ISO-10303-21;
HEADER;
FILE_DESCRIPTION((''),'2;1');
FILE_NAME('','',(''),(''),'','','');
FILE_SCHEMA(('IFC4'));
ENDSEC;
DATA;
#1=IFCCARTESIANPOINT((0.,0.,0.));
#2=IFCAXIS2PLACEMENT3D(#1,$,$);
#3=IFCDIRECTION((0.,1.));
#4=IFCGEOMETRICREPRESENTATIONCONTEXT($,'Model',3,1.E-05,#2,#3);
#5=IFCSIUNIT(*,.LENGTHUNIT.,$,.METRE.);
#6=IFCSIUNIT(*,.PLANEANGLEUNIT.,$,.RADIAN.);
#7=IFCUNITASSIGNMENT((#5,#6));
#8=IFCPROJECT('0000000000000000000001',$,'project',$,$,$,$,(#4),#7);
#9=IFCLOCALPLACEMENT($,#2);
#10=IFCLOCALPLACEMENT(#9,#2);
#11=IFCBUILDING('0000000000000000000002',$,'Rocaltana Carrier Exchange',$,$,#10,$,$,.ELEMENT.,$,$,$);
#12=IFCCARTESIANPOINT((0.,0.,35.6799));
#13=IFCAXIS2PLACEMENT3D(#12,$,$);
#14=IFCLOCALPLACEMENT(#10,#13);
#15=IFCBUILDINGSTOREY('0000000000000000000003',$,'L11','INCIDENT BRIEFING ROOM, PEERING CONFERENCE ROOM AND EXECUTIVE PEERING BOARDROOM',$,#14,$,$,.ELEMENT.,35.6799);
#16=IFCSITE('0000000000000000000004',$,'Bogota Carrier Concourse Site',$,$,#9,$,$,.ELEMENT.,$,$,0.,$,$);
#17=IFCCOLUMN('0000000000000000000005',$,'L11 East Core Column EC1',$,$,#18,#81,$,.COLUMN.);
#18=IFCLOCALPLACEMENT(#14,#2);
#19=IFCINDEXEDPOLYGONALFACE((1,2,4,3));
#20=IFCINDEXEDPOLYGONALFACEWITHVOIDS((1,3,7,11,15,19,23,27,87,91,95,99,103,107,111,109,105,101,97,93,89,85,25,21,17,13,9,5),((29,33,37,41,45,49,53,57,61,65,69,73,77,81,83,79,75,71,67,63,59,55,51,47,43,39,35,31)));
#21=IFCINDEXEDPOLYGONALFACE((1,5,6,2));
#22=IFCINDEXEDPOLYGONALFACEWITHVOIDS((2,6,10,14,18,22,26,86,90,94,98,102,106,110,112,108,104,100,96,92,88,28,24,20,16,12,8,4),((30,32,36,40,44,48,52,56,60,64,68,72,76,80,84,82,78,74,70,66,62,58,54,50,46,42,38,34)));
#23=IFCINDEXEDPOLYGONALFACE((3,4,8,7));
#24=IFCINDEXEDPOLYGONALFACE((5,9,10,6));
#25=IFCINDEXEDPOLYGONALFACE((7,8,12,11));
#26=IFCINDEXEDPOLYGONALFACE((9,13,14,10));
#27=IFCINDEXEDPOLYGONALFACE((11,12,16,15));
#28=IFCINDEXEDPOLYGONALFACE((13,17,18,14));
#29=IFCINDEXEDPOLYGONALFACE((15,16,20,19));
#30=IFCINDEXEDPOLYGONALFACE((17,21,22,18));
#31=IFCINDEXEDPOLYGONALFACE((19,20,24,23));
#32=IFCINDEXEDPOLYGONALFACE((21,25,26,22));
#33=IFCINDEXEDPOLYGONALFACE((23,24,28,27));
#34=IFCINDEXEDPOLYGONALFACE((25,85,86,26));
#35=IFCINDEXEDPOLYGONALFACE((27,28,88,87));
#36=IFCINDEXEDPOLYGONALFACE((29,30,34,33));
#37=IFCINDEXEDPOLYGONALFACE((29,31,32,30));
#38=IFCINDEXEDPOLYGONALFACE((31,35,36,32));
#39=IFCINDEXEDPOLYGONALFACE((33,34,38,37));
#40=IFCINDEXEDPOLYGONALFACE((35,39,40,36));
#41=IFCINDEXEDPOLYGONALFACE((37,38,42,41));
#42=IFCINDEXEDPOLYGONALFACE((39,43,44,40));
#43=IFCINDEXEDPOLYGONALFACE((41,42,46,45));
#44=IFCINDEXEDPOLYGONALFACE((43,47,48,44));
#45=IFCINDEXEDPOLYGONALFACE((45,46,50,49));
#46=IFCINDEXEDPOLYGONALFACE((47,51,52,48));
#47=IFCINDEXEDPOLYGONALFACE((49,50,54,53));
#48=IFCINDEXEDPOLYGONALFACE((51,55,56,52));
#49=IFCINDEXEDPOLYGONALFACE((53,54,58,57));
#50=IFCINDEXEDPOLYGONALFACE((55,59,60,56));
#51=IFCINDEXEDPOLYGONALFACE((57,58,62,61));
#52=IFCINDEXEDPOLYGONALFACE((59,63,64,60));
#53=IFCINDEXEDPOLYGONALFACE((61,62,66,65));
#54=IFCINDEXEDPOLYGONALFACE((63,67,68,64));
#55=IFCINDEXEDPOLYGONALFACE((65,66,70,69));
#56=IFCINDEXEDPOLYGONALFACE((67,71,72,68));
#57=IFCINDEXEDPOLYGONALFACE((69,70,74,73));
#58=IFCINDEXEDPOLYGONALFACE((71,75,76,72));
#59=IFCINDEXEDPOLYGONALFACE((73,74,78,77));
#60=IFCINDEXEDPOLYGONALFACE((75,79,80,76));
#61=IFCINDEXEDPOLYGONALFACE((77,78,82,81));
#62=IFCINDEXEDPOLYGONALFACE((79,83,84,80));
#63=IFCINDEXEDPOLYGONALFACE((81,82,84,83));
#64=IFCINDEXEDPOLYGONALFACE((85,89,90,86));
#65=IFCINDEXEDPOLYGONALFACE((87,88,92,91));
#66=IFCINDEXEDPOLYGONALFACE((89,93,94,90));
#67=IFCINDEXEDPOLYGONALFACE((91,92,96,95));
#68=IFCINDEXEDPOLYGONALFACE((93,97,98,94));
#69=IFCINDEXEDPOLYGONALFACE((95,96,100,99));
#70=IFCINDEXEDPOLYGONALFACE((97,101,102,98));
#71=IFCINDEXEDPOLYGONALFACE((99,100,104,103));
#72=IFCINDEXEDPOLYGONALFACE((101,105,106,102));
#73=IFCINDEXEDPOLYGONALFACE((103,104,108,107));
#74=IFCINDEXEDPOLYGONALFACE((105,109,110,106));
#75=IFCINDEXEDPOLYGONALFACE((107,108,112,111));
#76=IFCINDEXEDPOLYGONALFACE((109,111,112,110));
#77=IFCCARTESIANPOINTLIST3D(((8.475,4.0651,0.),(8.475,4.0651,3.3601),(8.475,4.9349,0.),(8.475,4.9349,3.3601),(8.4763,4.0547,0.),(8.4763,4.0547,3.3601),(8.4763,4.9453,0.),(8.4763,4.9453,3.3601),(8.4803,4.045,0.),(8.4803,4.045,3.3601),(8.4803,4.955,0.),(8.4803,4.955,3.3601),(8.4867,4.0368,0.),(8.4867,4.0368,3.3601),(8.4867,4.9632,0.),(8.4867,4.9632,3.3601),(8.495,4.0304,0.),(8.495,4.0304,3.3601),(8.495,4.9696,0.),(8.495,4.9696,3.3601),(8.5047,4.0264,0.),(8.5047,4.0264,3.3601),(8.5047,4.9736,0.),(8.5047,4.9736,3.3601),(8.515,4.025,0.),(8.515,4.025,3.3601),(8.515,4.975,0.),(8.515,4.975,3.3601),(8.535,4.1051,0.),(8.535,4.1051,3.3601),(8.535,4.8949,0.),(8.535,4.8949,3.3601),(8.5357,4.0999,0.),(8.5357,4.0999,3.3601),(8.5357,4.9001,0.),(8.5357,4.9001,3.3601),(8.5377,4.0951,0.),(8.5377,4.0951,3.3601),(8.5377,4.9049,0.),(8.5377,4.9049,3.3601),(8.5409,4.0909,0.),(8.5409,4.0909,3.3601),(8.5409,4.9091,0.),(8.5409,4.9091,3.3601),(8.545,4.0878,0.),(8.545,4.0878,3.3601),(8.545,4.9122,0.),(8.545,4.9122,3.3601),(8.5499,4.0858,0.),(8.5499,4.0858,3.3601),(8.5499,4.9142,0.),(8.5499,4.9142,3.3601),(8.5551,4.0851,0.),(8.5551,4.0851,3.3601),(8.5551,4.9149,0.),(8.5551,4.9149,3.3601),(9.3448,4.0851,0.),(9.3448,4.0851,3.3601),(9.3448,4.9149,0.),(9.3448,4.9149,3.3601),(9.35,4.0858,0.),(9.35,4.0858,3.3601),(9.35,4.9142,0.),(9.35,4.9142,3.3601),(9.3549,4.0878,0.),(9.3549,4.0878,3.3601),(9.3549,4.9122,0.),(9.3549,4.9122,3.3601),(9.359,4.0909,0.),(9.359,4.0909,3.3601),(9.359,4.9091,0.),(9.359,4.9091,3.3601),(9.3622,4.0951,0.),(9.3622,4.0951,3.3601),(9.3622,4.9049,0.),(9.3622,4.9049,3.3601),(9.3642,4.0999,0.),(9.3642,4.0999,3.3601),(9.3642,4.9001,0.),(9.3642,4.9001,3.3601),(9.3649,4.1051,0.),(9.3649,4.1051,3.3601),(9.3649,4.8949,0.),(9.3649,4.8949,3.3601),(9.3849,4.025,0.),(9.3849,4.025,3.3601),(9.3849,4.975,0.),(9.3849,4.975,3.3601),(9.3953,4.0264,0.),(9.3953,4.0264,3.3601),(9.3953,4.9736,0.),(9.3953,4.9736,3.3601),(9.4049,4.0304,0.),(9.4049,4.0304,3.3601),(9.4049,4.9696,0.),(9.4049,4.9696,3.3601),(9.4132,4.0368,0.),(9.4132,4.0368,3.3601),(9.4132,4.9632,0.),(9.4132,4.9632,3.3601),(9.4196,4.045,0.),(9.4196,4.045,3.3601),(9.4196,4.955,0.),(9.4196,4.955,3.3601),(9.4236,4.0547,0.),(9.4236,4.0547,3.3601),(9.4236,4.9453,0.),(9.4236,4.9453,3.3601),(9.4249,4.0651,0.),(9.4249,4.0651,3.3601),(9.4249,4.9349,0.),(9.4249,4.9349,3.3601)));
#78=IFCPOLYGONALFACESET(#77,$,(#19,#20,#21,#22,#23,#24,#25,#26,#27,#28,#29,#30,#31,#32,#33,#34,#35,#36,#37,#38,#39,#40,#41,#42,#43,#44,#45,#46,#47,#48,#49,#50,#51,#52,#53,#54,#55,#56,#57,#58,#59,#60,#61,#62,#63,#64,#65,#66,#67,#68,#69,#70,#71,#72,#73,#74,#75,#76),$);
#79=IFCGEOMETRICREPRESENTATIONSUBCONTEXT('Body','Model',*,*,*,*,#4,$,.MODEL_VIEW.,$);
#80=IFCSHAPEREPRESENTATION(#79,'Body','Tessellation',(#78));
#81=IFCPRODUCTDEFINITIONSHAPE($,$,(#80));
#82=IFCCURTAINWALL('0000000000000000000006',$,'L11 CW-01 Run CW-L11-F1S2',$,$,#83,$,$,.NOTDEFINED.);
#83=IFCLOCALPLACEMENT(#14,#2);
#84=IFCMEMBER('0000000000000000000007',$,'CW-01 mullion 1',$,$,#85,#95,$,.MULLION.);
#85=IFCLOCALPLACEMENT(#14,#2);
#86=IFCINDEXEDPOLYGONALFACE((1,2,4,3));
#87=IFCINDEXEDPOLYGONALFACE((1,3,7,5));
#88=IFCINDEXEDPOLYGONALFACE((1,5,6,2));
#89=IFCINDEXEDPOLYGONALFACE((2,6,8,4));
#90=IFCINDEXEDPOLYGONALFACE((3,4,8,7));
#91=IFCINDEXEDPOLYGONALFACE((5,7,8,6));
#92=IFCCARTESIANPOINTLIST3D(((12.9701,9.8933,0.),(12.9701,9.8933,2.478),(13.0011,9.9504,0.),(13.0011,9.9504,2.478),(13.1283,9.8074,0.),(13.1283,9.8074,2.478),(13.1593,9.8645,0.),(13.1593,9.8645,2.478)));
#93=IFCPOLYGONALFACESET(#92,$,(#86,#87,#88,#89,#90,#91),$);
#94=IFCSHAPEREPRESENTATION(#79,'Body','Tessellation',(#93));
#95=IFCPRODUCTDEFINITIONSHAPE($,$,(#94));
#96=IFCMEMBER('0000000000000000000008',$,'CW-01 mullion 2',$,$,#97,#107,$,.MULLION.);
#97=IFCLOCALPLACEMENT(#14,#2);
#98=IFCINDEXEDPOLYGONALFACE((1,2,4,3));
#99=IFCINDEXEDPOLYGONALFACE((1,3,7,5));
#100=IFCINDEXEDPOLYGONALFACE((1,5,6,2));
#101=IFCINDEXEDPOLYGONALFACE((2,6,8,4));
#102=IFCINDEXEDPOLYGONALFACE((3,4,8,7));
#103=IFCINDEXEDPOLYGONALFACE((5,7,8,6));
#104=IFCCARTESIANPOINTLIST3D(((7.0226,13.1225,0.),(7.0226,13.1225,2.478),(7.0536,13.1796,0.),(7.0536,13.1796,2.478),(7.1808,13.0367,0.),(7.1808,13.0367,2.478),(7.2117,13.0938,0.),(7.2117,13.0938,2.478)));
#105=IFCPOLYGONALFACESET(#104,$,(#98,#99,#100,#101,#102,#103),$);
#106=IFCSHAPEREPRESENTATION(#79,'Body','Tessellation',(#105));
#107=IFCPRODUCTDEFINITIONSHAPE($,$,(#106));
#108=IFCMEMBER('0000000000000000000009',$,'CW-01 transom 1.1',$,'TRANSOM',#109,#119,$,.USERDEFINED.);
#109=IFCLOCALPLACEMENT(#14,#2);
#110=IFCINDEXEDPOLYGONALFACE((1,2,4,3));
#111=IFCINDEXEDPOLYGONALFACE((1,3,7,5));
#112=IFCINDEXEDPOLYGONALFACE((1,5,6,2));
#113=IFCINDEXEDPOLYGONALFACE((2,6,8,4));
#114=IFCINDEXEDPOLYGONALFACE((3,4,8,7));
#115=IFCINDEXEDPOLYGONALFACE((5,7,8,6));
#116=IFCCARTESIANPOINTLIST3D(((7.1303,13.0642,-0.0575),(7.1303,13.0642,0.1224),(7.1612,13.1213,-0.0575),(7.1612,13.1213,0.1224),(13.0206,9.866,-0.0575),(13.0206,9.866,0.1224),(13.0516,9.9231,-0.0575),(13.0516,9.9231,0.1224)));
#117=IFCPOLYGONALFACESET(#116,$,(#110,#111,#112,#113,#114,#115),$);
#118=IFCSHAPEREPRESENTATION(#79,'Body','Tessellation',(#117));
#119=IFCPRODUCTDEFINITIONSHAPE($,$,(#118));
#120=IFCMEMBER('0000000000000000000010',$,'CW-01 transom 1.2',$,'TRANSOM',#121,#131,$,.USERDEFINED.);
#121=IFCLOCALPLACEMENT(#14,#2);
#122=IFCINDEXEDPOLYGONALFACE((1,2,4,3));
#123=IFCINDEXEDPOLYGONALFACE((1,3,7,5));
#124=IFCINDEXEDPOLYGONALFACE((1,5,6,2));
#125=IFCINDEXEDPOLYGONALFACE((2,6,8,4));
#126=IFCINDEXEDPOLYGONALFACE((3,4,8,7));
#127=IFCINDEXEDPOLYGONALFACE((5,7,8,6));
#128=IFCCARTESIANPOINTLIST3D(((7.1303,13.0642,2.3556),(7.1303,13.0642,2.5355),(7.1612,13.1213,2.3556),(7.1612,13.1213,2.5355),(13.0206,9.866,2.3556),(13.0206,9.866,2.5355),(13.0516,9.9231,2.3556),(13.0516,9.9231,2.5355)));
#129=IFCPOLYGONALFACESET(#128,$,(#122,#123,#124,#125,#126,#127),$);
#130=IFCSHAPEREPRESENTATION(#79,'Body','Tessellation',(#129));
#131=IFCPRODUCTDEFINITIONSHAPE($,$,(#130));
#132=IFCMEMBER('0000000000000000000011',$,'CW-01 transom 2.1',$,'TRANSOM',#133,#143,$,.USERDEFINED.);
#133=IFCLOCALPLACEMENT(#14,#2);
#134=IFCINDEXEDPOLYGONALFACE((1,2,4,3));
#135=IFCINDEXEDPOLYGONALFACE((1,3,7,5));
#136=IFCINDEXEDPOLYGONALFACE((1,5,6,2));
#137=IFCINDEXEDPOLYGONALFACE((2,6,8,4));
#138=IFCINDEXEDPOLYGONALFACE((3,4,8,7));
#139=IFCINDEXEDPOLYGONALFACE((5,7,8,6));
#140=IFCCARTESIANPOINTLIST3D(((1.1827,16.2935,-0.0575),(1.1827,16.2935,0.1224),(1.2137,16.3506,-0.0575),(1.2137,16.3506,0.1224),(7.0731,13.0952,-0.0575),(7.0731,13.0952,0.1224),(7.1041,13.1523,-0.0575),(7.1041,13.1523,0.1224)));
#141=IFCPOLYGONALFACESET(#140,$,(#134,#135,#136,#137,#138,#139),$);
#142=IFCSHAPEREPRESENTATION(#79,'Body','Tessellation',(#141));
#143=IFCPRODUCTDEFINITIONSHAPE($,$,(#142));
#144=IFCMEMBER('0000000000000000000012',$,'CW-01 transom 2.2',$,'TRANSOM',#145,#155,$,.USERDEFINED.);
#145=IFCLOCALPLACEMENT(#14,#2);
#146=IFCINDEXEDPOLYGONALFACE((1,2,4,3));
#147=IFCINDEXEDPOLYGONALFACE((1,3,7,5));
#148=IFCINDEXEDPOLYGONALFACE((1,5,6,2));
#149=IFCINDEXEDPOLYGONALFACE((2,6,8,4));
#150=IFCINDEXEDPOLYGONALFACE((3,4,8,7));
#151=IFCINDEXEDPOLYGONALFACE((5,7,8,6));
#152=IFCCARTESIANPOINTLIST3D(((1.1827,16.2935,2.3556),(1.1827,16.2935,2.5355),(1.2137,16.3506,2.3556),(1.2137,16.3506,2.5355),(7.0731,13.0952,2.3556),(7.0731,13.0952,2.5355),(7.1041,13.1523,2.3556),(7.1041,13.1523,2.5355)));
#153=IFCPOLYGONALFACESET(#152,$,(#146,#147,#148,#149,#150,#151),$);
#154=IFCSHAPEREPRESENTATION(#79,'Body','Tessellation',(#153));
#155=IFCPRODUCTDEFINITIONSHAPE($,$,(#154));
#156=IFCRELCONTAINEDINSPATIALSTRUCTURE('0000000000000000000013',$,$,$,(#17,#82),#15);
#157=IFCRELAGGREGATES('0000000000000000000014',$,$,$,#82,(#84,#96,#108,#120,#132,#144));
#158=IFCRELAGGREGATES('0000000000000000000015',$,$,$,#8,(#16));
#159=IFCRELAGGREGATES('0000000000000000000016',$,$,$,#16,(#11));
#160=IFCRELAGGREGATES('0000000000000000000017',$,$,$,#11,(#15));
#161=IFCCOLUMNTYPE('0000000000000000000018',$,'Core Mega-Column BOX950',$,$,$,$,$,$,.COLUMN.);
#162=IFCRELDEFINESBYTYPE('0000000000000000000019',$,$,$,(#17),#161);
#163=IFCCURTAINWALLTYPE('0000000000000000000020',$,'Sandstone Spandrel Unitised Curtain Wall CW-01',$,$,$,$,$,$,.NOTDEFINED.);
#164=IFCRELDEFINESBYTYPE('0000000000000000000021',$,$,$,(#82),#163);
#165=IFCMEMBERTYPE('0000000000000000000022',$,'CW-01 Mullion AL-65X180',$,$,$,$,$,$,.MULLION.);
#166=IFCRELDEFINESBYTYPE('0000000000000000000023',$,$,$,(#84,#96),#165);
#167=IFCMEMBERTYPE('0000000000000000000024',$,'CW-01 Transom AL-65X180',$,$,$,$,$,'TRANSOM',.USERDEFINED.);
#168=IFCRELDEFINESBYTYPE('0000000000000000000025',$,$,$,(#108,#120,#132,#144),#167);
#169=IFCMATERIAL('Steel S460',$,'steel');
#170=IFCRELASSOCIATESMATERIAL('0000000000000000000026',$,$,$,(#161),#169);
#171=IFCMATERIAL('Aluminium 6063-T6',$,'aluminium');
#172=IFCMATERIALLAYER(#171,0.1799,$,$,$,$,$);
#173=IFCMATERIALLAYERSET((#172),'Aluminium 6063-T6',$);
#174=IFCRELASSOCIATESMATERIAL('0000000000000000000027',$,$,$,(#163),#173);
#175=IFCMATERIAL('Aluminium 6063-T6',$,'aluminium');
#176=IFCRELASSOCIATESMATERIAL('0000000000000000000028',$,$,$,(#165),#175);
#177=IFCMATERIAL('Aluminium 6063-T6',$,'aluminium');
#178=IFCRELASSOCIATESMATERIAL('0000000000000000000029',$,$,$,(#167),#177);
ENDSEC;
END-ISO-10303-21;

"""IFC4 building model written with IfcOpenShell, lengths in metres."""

from ifc_helpers import new_model, si_unit, direction, frame, origin, origin_2d, place, context, subcontext, project, spatial, rectangle, hollow_rectangle, extrude, material, layer, layer_set, material_profile, profile_set, type_object, element, aggregate, save


model = new_model("IFC4")

# Units and contexts
model_context = context("Model", 3, precision=1e-05, world=origin(), true_north=direction((0.0, 1.0)))
body_context = subcontext(model_context, "Body", "Model", "MODEL_VIEW")
ifc_project = project(units=[si_unit("LENGTHUNIT", "METRE"), si_unit("PLANEANGLEUNIT", "RADIAN")], contexts=[model_context])

# Site, building, storey
site_placement = place(None, origin())
site = spatial("IfcSite", under=ifc_project, at=site_placement, Name="Bogota Carrier Concourse Site", CompositionType="ELEMENT", RefElevation=0.0)
building_placement = place(site_placement, origin())
building = spatial("IfcBuilding", under=site, at=building_placement, Name="Rocaltana Carrier Exchange", CompositionType="ELEMENT")
storey_placement = place(building_placement, frame((0.0, 0.0, 35.6799)))
storey = spatial("IfcBuildingStorey", under=building, at=storey_placement, Name="L11", Description="INCIDENT BRIEFING ROOM, PEERING CONFERENCE ROOM AND EXECUTIVE PEERING BOARDROOM", CompositionType="ELEMENT", Elevation=35.6799)

# Column
ifc_material_1 = material(Name="Steel S460", Category="steel")
ifc_material_profile_1 = material_profile(ifc_material_1, hollow_rectangle(XDim=0.95, YDim=0.95, WallThickness=0.0601, InnerFilletRadius=0.02, OuterFilletRadius=0.04, at=origin_2d()), Name="BOX950X950X60")
ifc_profile_set_1 = profile_set([ifc_material_profile_1], Name="Steel S460")
column_type = type_object("IfcColumnType", Name="Core Mega-Column BOX950", PredefinedType="COLUMN", material=ifc_profile_set_1)
column_placement = place(storey_placement, frame((8.95, 4.5, 0.0), z_axis=(0.0, 0.0, 1.0), x_axis=(1.0, 0.0, 0.0)))
element("IfcColumn", 1, at=column_placement, inside=storey, type_object=column_type, Name="L11 East Core Column EC1", PredefinedType="COLUMN", context=body_context, shape_type="SweptSolid", body=[
    extrude(hollow_rectangle(XDim=0.95, YDim=0.95, WallThickness=0.0601, InnerFilletRadius=0.02, OuterFilletRadius=0.04, at=origin_2d()), origin(), (0.0, 0.0, 1.0), 3.3601),
])

# Curtain wall, members
ifc_material_2 = material(Name="Aluminium 6063-T6", Category="aluminium")
ifc_layer_1 = layer(ifc_material_2, 0.1799)
ifc_layer_set_1 = layer_set([ifc_layer_1], Name="Aluminium 6063-T6")
curtain_wall_type = type_object("IfcCurtainWallType", Name="Sandstone Spandrel Unitised Curtain Wall CW-01", PredefinedType="NOTDEFINED", material=ifc_layer_set_1)
curtain_wall_placement = place(storey_placement, origin())
curtain_wall = element("IfcCurtainWall", 2, at=curtain_wall_placement, inside=storey, type_object=curtain_wall_type, Name="L11 CW-01 Run CW-L11-F1S2", PredefinedType="NOTDEFINED")
ifc_material_3 = material(Name="Aluminium 6063-T6", Category="aluminium")
ifc_material_profile_2 = material_profile(ifc_material_3, rectangle(XDim=0.0649, YDim=0.1799, at=origin_2d()), Name="AL-65X180")
ifc_profile_set_2 = profile_set([ifc_material_profile_2], Name="Aluminium 6063-T6")
member_type_1 = type_object("IfcMemberType", Name="CW-01 Mullion AL-65X180", PredefinedType="MULLION", material=ifc_profile_set_2)
member_1_placement = place(storey_placement, frame((13.0647, 9.8789, 0.0), z_axis=(0.0, 0.0, 1.0), x_axis=(-0.477164, -0.878814, 0.0)))
member_1 = element("IfcMember", 3, at=member_1_placement, type_object=member_type_1, Name="CW-01 mullion 1", PredefinedType="MULLION", context=body_context, shape_type="SweptSolid", body=[
    extrude(rectangle(XDim=0.0649, YDim=0.1799, at=origin_2d()), origin(), (0.0, 0.0, 1.0), 2.478),
])
member_2_placement = place(storey_placement, frame((7.1172, 13.1082, 0.0), z_axis=(0.0, 0.0, 1.0), x_axis=(-0.477164, -0.878814, 0.0)))
member_2 = element("IfcMember", 4, at=member_2_placement, type_object=member_type_1, Name="CW-01 mullion 2", PredefinedType="MULLION", context=body_context, shape_type="SweptSolid", body=[
    extrude(rectangle(XDim=0.0649, YDim=0.1799, at=origin_2d()), origin(), (0.0, 0.0, 1.0), 2.478),
])
ifc_material_4 = material(Name="Aluminium 6063-T6", Category="aluminium")
ifc_material_profile_3 = material_profile(ifc_material_4, rectangle(XDim=0.0649, YDim=0.1799, at=origin_2d()), Name="AL-65X180")
ifc_profile_set_3 = profile_set([ifc_material_profile_3], Name="Aluminium 6063-T6")
member_type_2 = type_object("IfcMemberType", Name="CW-01 Transom AL-65X180", ElementType="TRANSOM", PredefinedType="USERDEFINED", material=ifc_profile_set_3)
member_3_placement = place(storey_placement, frame((13.0361, 9.8945, 0.0325), z_axis=(-0.878815, 0.477162, 0.0), x_axis=(-0.477162, -0.878815, 0.0)))
member_3 = element("IfcMember", 5, at=member_3_placement, type_object=member_type_2, Name="CW-01 transom 1.1", ObjectType="TRANSOM", PredefinedType="USERDEFINED", context=body_context, shape_type="SweptSolid", body=[
    extrude(rectangle(XDim=0.0649, YDim=0.1799, at=origin_2d()), origin(), (0.0, 0.0, 1.0), 6.7026),
])
member_4_placement = place(storey_placement, frame((13.0361, 9.8945, 2.4456), z_axis=(-0.878815, 0.477162, 0.0), x_axis=(-0.477162, -0.878815, 0.0)))
member_4 = element("IfcMember", 6, at=member_4_placement, type_object=member_type_2, Name="CW-01 transom 1.2", ObjectType="TRANSOM", PredefinedType="USERDEFINED", context=body_context, shape_type="SweptSolid", body=[
    extrude(rectangle(XDim=0.0649, YDim=0.1799, at=origin_2d()), origin(), (0.0, 0.0, 1.0), 6.7026),
])
member_5_placement = place(storey_placement, frame((7.0886, 13.1238, 0.0325), z_axis=(-0.878815, 0.477162, 0.0), x_axis=(-0.477162, -0.878815, 0.0)))
member_5 = element("IfcMember", 7, at=member_5_placement, type_object=member_type_2, Name="CW-01 transom 2.1", ObjectType="TRANSOM", PredefinedType="USERDEFINED", context=body_context, shape_type="SweptSolid", body=[
    extrude(rectangle(XDim=0.0649, YDim=0.1799, at=origin_2d()), origin(), (0.0, 0.0, 1.0), 6.7026),
])
member_6_placement = place(storey_placement, frame((7.0886, 13.1238, 2.4456), z_axis=(-0.878815, 0.477162, 0.0), x_axis=(-0.477162, -0.878815, 0.0)))
member_6 = element("IfcMember", 8, at=member_6_placement, type_object=member_type_2, Name="CW-01 transom 2.2", ObjectType="TRANSOM", PredefinedType="USERDEFINED", context=body_context, shape_type="SweptSolid", body=[
    extrude(rectangle(XDim=0.0649, YDim=0.1799, at=origin_2d()), origin(), (0.0, 0.0, 1.0), 6.7026),
])

aggregate(curtain_wall, [member_1, member_2, member_3, member_4, member_5, member_6])

save(model, "model.ifc")
